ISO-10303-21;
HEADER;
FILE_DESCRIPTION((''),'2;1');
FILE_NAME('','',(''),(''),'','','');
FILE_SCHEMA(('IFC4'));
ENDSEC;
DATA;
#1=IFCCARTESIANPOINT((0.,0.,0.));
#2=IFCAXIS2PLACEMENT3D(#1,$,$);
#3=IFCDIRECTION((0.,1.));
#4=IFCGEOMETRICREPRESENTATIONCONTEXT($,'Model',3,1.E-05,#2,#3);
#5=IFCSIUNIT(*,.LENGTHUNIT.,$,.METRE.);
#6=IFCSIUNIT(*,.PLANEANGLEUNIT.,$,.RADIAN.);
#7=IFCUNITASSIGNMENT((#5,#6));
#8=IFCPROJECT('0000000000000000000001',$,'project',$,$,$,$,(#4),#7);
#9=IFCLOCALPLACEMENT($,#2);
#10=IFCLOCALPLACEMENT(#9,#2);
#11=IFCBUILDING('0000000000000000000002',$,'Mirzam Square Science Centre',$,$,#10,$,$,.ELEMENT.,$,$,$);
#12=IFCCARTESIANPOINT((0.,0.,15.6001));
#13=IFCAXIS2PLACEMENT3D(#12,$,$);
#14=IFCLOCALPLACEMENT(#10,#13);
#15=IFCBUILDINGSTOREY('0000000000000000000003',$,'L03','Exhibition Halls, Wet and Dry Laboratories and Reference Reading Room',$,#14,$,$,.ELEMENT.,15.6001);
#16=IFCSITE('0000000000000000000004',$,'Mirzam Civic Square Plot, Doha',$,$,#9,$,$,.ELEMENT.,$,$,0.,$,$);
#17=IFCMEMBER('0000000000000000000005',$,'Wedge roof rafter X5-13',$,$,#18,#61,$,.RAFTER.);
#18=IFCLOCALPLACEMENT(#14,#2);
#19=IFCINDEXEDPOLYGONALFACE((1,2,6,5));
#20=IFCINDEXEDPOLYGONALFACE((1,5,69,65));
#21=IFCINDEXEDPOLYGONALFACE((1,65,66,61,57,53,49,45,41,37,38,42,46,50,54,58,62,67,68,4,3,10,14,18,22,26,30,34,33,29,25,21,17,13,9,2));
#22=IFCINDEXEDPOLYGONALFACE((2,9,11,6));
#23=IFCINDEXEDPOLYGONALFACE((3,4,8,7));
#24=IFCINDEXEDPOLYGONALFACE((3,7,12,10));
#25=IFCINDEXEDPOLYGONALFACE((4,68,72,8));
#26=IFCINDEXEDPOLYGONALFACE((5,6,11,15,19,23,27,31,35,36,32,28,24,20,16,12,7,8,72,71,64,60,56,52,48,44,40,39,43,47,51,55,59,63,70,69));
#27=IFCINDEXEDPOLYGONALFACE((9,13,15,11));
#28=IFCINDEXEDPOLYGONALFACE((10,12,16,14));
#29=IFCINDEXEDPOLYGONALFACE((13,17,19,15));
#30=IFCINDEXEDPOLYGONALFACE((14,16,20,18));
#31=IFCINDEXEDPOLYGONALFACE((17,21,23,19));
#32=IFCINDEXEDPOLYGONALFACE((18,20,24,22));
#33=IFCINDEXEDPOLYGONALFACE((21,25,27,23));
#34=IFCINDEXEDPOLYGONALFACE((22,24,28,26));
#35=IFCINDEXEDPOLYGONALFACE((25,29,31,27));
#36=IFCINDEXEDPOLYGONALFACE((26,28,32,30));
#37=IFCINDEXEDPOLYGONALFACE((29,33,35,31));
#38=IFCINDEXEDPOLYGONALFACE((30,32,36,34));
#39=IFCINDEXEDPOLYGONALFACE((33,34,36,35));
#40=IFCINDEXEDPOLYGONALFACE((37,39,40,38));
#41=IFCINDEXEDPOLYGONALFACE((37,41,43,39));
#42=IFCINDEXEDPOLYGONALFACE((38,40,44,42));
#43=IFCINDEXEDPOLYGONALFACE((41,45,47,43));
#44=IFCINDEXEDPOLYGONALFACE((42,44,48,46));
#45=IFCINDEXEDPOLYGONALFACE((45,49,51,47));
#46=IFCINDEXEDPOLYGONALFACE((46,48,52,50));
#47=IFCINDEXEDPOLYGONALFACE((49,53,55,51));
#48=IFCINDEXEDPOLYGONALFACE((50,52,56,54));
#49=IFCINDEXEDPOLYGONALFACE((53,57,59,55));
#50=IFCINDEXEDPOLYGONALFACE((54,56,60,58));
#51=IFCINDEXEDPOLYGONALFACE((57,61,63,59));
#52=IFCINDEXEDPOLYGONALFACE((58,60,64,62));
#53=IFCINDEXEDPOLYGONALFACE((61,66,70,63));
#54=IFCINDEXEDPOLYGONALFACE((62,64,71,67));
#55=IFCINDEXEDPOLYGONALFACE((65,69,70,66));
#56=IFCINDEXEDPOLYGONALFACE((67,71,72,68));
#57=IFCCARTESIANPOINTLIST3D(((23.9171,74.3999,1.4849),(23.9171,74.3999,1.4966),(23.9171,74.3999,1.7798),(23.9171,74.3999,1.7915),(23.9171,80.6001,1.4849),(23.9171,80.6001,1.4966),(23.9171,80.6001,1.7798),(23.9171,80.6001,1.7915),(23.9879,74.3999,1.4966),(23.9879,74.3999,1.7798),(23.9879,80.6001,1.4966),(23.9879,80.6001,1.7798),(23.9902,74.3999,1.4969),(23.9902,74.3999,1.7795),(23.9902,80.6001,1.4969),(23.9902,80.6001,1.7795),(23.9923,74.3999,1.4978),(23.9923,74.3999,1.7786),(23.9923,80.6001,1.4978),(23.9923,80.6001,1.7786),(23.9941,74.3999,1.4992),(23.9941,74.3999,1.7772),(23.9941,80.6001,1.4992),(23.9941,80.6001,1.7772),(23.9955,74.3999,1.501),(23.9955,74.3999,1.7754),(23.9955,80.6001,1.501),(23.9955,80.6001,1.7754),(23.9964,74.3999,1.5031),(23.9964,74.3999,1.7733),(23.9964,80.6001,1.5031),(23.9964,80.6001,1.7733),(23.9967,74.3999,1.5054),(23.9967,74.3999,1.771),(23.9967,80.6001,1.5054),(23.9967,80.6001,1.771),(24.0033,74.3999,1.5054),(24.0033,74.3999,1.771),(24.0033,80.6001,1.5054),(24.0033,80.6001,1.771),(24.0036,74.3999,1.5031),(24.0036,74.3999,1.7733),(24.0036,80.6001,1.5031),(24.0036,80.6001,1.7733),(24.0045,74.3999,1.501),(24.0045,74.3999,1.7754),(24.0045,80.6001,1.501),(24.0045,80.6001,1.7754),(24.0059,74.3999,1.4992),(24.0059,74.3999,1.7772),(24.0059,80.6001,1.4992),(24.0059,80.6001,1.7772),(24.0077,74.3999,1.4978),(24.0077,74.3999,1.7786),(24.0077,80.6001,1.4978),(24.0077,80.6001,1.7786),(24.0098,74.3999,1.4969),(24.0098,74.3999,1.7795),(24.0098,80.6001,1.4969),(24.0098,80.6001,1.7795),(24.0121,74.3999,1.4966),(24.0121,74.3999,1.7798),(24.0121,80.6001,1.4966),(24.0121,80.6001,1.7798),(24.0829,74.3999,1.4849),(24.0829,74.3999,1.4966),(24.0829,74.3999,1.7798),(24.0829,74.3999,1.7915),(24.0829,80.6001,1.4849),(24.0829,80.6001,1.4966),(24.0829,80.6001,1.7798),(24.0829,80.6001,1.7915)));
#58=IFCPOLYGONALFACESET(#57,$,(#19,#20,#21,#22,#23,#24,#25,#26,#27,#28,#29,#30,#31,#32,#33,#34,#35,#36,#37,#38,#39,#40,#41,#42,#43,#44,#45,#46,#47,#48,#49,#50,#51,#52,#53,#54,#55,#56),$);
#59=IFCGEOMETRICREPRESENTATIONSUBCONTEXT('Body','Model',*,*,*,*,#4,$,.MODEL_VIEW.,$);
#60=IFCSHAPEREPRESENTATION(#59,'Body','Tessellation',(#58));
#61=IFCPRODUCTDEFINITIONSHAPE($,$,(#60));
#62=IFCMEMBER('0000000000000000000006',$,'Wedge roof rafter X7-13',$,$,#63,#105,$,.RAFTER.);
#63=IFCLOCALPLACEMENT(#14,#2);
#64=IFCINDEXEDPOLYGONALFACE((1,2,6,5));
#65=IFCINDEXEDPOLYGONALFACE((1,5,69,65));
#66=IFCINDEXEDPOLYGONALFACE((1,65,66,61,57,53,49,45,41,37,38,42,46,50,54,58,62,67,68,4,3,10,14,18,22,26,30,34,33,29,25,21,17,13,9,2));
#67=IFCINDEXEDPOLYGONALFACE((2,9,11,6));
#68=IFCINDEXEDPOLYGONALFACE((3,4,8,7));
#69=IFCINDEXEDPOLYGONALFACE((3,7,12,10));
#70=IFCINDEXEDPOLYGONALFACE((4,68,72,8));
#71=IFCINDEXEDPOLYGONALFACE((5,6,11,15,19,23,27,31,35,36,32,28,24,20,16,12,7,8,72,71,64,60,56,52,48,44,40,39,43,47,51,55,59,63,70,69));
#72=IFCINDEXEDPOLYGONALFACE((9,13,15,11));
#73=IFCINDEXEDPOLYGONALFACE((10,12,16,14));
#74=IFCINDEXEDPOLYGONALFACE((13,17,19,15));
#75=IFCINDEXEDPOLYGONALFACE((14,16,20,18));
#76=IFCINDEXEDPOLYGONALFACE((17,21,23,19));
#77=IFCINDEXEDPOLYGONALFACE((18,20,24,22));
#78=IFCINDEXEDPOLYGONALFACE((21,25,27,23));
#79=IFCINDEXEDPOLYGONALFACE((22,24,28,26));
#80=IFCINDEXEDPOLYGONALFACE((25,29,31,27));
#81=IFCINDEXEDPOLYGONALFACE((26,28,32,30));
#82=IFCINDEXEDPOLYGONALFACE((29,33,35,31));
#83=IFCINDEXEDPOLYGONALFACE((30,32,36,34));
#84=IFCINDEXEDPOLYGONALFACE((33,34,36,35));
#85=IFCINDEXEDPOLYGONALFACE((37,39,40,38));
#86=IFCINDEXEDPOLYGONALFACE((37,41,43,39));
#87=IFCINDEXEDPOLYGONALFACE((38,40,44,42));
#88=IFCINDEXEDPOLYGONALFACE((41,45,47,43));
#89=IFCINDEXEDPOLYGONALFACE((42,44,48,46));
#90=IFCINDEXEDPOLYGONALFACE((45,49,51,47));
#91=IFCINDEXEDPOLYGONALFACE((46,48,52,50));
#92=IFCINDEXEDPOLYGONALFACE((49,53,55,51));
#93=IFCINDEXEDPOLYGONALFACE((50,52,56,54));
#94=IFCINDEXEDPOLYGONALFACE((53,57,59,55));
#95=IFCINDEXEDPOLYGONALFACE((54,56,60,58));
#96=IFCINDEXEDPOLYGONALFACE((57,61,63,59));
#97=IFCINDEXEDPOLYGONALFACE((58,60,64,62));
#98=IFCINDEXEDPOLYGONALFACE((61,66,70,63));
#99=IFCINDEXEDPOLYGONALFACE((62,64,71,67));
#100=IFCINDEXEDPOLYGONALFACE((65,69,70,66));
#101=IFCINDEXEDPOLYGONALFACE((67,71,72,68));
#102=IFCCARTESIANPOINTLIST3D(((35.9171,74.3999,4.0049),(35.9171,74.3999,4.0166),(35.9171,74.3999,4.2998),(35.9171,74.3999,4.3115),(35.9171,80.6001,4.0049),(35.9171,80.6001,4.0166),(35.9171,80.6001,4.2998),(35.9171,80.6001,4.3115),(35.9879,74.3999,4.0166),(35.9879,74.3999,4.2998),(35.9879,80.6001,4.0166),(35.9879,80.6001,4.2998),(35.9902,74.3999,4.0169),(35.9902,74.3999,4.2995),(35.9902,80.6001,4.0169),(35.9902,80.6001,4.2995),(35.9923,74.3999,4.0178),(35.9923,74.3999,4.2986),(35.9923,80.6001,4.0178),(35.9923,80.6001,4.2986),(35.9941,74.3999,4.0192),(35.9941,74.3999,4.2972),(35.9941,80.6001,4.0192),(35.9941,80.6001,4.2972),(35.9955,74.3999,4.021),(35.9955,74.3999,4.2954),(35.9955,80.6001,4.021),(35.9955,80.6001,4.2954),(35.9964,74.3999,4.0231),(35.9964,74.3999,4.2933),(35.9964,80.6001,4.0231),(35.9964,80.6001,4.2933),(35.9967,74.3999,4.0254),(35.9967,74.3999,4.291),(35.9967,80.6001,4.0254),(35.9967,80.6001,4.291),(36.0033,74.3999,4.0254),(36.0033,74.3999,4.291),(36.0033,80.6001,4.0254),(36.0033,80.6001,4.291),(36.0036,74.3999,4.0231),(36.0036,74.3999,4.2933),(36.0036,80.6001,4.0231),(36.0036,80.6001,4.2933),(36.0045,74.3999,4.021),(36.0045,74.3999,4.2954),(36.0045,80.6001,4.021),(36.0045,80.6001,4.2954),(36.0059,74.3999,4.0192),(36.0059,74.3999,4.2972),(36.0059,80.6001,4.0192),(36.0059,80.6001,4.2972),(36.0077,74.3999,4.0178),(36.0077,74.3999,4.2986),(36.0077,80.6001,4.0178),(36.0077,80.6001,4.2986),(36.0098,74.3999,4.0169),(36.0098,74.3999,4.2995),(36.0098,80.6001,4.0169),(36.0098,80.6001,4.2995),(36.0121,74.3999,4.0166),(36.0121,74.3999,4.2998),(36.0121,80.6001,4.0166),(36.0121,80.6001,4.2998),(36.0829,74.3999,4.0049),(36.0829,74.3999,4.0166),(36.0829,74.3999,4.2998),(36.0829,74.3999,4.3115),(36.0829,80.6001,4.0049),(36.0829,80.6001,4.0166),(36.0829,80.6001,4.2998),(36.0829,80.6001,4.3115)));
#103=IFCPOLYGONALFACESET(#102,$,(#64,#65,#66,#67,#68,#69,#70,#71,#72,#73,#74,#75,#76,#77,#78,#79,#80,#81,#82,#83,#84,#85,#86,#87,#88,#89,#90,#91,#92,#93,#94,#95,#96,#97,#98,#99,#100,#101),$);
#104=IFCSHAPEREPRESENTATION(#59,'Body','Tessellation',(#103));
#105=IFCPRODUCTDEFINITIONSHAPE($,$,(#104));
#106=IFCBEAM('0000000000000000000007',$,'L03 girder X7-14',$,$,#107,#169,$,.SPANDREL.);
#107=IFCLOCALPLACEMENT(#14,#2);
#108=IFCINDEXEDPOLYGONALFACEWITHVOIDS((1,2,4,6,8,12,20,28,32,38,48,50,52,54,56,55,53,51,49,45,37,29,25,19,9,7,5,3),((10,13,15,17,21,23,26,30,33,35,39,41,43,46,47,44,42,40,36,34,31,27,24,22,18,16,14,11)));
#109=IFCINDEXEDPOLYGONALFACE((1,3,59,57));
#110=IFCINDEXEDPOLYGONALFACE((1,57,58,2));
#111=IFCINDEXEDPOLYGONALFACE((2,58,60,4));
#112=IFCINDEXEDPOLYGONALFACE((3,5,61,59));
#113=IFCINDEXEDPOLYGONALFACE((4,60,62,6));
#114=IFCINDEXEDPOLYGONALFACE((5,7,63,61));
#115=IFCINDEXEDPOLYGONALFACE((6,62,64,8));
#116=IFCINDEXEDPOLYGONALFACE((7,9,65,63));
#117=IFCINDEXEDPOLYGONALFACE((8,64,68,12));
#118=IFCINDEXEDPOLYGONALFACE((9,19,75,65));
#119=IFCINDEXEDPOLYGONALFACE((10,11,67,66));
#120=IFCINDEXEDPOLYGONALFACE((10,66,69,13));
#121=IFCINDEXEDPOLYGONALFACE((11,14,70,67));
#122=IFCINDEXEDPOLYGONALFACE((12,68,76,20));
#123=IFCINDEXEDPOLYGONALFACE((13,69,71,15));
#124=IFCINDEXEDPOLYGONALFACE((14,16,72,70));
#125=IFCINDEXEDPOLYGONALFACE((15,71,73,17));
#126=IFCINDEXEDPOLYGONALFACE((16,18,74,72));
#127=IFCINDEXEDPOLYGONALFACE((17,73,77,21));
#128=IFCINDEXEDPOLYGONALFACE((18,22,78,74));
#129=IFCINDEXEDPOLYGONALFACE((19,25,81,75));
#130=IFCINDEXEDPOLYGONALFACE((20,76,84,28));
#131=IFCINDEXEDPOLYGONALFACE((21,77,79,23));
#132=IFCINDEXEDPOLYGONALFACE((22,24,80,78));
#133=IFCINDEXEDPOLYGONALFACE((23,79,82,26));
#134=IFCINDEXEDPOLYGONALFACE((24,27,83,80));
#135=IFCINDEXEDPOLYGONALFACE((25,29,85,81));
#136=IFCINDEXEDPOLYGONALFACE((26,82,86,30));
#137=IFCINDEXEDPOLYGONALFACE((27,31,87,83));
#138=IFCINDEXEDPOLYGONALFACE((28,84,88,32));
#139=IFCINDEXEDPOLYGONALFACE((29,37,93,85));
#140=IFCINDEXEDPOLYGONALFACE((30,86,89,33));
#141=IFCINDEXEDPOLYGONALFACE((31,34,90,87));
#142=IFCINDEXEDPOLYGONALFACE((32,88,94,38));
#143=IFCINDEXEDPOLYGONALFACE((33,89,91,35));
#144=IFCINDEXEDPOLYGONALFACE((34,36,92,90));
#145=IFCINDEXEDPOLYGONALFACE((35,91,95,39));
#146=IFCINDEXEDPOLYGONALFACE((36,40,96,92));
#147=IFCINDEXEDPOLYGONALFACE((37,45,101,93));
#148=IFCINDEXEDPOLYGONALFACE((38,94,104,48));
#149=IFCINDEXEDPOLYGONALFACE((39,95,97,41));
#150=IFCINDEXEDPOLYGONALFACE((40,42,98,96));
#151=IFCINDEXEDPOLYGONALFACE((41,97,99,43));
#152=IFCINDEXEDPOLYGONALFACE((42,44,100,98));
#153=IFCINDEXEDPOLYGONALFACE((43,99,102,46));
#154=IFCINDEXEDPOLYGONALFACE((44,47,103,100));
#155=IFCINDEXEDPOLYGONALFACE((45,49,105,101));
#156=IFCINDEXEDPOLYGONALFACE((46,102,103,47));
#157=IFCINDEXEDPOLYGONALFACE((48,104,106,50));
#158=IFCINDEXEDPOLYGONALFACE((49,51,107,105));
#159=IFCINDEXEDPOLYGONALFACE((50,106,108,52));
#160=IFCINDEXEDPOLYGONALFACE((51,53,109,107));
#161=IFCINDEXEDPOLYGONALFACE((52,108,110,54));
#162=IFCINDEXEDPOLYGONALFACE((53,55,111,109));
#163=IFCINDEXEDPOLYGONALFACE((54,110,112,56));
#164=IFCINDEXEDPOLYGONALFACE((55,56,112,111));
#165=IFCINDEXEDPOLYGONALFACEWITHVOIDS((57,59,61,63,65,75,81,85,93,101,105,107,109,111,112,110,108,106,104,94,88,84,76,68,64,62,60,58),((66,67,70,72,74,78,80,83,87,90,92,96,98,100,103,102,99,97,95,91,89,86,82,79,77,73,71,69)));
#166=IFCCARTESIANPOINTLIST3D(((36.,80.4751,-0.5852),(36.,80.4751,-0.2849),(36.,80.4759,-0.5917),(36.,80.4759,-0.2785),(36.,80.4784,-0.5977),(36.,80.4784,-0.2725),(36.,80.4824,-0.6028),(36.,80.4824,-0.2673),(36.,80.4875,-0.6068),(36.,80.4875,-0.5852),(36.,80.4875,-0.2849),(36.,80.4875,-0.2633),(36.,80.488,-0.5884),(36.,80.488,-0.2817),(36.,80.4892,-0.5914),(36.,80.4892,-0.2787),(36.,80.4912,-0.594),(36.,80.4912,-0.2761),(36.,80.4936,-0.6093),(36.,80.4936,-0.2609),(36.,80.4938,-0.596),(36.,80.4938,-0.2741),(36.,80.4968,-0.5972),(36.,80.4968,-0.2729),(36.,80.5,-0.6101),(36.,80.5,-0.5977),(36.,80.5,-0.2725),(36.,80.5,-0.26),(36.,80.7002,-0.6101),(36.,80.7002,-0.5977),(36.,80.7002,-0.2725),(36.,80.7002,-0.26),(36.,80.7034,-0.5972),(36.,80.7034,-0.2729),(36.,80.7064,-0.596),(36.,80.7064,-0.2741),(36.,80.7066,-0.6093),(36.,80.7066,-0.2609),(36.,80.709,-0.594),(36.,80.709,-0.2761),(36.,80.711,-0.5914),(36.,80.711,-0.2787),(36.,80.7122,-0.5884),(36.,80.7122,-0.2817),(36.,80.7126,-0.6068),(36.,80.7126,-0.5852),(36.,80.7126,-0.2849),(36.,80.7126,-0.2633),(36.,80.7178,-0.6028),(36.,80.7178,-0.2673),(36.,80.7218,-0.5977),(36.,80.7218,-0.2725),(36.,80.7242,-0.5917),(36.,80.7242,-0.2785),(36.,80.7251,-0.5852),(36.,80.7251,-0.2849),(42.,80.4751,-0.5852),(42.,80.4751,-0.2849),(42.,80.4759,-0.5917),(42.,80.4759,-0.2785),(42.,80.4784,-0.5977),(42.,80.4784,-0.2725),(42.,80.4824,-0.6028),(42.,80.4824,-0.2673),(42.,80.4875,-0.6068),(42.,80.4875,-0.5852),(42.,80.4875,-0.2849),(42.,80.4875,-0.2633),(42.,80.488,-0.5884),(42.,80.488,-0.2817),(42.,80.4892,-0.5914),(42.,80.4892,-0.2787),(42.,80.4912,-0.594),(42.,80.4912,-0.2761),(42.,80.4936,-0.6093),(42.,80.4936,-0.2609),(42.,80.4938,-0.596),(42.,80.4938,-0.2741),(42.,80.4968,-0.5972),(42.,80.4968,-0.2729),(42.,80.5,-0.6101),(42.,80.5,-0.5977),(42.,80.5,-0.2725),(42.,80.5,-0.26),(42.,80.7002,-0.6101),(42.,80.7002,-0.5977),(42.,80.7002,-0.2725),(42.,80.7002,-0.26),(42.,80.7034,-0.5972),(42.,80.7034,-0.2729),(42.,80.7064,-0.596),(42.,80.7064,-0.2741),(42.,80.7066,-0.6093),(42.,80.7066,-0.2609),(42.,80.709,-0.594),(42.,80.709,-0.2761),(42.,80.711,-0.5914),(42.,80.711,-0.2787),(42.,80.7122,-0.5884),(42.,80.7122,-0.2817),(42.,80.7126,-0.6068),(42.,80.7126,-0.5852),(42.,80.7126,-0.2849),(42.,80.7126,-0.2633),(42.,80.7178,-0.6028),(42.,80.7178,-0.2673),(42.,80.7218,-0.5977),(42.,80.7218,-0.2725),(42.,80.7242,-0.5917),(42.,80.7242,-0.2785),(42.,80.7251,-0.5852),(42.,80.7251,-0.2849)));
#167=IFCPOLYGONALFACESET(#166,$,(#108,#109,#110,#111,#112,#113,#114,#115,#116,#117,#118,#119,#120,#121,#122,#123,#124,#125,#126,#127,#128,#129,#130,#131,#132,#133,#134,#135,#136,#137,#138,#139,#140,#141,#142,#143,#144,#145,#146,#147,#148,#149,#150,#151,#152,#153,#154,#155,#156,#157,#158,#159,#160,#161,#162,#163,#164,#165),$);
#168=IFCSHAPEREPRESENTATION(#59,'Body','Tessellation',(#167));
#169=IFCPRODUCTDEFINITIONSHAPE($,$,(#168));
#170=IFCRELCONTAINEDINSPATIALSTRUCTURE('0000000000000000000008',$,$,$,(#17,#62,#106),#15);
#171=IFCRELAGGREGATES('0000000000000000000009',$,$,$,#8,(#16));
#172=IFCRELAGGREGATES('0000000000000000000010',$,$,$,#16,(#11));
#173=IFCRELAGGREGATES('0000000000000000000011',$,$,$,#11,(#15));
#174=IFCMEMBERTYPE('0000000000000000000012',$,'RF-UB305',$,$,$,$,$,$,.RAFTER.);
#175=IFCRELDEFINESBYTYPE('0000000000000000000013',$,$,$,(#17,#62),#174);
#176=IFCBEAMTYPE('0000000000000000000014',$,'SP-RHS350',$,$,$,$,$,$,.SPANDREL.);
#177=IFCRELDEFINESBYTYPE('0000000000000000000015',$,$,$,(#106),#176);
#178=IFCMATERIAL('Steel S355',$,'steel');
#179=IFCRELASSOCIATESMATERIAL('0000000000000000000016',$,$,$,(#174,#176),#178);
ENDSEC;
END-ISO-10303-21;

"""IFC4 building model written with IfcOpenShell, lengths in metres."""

from ifc_helpers import new_model, si_unit, direction, frame, origin, origin_2d, place, context, subcontext, project, spatial, hollow_rectangle, i_section, extrude, material, material_profile, profile_set, type_object, element, save


model = new_model("IFC4")

# Units and contexts
model_context = context("Model", 3, precision=1e-05, world=origin(), true_north=direction((0.0, 1.0)))
body_context = subcontext(model_context, "Body", "Model", "MODEL_VIEW")
ifc_project = project(units=[si_unit("LENGTHUNIT", "METRE"), si_unit("PLANEANGLEUNIT", "RADIAN")], contexts=[model_context])

# Site, building, storey
site_placement = place(None, origin())
site = spatial("IfcSite", under=ifc_project, at=site_placement, Name="Mirzam Civic Square Plot, Doha", CompositionType="ELEMENT", RefElevation=0.0)
building_placement = place(site_placement, origin())
building = spatial("IfcBuilding", under=site, at=building_placement, Name="Mirzam Square Science Centre", CompositionType="ELEMENT")
storey_placement = place(building_placement, frame((0.0, 0.0, 15.6001)))
storey = spatial("IfcBuildingStorey", under=building, at=storey_placement, Name="L03", Description="Exhibition Halls, Wet and Dry Laboratories and Reference Reading Room", CompositionType="ELEMENT", Elevation=15.6001)

# Shared definitions
ifc_material_1 = material(Name="Steel S355", Category="steel")

# Members
ifc_material_profile_1 = material_profile(ifc_material_1, i_section(OverallWidth=0.1658, OverallDepth=0.3066, WebThickness=0.0066, FlangeThickness=0.0117, FilletRadius=0.0088, at=origin_2d()), Name="305x165x46UB")
ifc_profile_set_1 = profile_set([ifc_material_profile_1], Name="Steel S355")
member_type_1 = type_object("IfcMemberType", Name="RF-UB305", PredefinedType="RAFTER", material=ifc_profile_set_1)
for number, where, z_axis, x_axis, name in (
    (1, (24.0, 74.3999, 1.6382), (0.0, 1.0, 0.0), (-1.0, 0.0, 0.0), "Wedge roof rafter X5-13"),
    (2, (36.0, 74.3999, 4.1582), (0.0, 1.0, 0.0), (-1.0, 0.0, 0.0), "Wedge roof rafter X7-13"),
):
    element("IfcMember", number, at=place(storey_placement, frame(where, z_axis=z_axis, x_axis=x_axis)), inside=storey, type_object=member_type_1, Name=name, PredefinedType="RAFTER", context=body_context, shape_type="SweptSolid", body=[
        extrude(i_section(OverallWidth=0.1658, OverallDepth=0.3066, WebThickness=0.0066, FlangeThickness=0.0117, FilletRadius=0.0088, at=origin_2d()), origin(), (0.0, 0.0, 1.0), 6.2002),
    ])

# Beam
ifc_material_profile_2 = material_profile(ifc_material_1, hollow_rectangle(XDim=0.25, YDim=0.3501, WallThickness=0.0125, InnerFilletRadius=0.0125, OuterFilletRadius=0.0249, at=origin_2d()), Name="350x250x12.5RHS")
ifc_profile_set_2 = profile_set([ifc_material_profile_2], Name="Steel S355")
beam_type_1 = type_object("IfcBeamType", Name="SP-RHS350", PredefinedType="SPANDREL", material=ifc_profile_set_2)
beam_1_placement = place(storey_placement, frame((36.0, 80.6001, -0.4351), z_axis=(1.0, 0.0, 0.0), x_axis=(0.0, 1.0, 0.0)))
element("IfcBeam", 3, at=beam_1_placement, inside=storey, type_object=beam_type_1, Name="L03 girder X7-14", PredefinedType="SPANDREL", context=body_context, shape_type="SweptSolid", body=[
    extrude(hollow_rectangle(XDim=0.25, YDim=0.3501, WallThickness=0.0125, InnerFilletRadius=0.0125, OuterFilletRadius=0.0249, at=origin_2d()), origin(), (0.0, 0.0, 1.0), 6.0),
])

save(model, "model.ifc")
